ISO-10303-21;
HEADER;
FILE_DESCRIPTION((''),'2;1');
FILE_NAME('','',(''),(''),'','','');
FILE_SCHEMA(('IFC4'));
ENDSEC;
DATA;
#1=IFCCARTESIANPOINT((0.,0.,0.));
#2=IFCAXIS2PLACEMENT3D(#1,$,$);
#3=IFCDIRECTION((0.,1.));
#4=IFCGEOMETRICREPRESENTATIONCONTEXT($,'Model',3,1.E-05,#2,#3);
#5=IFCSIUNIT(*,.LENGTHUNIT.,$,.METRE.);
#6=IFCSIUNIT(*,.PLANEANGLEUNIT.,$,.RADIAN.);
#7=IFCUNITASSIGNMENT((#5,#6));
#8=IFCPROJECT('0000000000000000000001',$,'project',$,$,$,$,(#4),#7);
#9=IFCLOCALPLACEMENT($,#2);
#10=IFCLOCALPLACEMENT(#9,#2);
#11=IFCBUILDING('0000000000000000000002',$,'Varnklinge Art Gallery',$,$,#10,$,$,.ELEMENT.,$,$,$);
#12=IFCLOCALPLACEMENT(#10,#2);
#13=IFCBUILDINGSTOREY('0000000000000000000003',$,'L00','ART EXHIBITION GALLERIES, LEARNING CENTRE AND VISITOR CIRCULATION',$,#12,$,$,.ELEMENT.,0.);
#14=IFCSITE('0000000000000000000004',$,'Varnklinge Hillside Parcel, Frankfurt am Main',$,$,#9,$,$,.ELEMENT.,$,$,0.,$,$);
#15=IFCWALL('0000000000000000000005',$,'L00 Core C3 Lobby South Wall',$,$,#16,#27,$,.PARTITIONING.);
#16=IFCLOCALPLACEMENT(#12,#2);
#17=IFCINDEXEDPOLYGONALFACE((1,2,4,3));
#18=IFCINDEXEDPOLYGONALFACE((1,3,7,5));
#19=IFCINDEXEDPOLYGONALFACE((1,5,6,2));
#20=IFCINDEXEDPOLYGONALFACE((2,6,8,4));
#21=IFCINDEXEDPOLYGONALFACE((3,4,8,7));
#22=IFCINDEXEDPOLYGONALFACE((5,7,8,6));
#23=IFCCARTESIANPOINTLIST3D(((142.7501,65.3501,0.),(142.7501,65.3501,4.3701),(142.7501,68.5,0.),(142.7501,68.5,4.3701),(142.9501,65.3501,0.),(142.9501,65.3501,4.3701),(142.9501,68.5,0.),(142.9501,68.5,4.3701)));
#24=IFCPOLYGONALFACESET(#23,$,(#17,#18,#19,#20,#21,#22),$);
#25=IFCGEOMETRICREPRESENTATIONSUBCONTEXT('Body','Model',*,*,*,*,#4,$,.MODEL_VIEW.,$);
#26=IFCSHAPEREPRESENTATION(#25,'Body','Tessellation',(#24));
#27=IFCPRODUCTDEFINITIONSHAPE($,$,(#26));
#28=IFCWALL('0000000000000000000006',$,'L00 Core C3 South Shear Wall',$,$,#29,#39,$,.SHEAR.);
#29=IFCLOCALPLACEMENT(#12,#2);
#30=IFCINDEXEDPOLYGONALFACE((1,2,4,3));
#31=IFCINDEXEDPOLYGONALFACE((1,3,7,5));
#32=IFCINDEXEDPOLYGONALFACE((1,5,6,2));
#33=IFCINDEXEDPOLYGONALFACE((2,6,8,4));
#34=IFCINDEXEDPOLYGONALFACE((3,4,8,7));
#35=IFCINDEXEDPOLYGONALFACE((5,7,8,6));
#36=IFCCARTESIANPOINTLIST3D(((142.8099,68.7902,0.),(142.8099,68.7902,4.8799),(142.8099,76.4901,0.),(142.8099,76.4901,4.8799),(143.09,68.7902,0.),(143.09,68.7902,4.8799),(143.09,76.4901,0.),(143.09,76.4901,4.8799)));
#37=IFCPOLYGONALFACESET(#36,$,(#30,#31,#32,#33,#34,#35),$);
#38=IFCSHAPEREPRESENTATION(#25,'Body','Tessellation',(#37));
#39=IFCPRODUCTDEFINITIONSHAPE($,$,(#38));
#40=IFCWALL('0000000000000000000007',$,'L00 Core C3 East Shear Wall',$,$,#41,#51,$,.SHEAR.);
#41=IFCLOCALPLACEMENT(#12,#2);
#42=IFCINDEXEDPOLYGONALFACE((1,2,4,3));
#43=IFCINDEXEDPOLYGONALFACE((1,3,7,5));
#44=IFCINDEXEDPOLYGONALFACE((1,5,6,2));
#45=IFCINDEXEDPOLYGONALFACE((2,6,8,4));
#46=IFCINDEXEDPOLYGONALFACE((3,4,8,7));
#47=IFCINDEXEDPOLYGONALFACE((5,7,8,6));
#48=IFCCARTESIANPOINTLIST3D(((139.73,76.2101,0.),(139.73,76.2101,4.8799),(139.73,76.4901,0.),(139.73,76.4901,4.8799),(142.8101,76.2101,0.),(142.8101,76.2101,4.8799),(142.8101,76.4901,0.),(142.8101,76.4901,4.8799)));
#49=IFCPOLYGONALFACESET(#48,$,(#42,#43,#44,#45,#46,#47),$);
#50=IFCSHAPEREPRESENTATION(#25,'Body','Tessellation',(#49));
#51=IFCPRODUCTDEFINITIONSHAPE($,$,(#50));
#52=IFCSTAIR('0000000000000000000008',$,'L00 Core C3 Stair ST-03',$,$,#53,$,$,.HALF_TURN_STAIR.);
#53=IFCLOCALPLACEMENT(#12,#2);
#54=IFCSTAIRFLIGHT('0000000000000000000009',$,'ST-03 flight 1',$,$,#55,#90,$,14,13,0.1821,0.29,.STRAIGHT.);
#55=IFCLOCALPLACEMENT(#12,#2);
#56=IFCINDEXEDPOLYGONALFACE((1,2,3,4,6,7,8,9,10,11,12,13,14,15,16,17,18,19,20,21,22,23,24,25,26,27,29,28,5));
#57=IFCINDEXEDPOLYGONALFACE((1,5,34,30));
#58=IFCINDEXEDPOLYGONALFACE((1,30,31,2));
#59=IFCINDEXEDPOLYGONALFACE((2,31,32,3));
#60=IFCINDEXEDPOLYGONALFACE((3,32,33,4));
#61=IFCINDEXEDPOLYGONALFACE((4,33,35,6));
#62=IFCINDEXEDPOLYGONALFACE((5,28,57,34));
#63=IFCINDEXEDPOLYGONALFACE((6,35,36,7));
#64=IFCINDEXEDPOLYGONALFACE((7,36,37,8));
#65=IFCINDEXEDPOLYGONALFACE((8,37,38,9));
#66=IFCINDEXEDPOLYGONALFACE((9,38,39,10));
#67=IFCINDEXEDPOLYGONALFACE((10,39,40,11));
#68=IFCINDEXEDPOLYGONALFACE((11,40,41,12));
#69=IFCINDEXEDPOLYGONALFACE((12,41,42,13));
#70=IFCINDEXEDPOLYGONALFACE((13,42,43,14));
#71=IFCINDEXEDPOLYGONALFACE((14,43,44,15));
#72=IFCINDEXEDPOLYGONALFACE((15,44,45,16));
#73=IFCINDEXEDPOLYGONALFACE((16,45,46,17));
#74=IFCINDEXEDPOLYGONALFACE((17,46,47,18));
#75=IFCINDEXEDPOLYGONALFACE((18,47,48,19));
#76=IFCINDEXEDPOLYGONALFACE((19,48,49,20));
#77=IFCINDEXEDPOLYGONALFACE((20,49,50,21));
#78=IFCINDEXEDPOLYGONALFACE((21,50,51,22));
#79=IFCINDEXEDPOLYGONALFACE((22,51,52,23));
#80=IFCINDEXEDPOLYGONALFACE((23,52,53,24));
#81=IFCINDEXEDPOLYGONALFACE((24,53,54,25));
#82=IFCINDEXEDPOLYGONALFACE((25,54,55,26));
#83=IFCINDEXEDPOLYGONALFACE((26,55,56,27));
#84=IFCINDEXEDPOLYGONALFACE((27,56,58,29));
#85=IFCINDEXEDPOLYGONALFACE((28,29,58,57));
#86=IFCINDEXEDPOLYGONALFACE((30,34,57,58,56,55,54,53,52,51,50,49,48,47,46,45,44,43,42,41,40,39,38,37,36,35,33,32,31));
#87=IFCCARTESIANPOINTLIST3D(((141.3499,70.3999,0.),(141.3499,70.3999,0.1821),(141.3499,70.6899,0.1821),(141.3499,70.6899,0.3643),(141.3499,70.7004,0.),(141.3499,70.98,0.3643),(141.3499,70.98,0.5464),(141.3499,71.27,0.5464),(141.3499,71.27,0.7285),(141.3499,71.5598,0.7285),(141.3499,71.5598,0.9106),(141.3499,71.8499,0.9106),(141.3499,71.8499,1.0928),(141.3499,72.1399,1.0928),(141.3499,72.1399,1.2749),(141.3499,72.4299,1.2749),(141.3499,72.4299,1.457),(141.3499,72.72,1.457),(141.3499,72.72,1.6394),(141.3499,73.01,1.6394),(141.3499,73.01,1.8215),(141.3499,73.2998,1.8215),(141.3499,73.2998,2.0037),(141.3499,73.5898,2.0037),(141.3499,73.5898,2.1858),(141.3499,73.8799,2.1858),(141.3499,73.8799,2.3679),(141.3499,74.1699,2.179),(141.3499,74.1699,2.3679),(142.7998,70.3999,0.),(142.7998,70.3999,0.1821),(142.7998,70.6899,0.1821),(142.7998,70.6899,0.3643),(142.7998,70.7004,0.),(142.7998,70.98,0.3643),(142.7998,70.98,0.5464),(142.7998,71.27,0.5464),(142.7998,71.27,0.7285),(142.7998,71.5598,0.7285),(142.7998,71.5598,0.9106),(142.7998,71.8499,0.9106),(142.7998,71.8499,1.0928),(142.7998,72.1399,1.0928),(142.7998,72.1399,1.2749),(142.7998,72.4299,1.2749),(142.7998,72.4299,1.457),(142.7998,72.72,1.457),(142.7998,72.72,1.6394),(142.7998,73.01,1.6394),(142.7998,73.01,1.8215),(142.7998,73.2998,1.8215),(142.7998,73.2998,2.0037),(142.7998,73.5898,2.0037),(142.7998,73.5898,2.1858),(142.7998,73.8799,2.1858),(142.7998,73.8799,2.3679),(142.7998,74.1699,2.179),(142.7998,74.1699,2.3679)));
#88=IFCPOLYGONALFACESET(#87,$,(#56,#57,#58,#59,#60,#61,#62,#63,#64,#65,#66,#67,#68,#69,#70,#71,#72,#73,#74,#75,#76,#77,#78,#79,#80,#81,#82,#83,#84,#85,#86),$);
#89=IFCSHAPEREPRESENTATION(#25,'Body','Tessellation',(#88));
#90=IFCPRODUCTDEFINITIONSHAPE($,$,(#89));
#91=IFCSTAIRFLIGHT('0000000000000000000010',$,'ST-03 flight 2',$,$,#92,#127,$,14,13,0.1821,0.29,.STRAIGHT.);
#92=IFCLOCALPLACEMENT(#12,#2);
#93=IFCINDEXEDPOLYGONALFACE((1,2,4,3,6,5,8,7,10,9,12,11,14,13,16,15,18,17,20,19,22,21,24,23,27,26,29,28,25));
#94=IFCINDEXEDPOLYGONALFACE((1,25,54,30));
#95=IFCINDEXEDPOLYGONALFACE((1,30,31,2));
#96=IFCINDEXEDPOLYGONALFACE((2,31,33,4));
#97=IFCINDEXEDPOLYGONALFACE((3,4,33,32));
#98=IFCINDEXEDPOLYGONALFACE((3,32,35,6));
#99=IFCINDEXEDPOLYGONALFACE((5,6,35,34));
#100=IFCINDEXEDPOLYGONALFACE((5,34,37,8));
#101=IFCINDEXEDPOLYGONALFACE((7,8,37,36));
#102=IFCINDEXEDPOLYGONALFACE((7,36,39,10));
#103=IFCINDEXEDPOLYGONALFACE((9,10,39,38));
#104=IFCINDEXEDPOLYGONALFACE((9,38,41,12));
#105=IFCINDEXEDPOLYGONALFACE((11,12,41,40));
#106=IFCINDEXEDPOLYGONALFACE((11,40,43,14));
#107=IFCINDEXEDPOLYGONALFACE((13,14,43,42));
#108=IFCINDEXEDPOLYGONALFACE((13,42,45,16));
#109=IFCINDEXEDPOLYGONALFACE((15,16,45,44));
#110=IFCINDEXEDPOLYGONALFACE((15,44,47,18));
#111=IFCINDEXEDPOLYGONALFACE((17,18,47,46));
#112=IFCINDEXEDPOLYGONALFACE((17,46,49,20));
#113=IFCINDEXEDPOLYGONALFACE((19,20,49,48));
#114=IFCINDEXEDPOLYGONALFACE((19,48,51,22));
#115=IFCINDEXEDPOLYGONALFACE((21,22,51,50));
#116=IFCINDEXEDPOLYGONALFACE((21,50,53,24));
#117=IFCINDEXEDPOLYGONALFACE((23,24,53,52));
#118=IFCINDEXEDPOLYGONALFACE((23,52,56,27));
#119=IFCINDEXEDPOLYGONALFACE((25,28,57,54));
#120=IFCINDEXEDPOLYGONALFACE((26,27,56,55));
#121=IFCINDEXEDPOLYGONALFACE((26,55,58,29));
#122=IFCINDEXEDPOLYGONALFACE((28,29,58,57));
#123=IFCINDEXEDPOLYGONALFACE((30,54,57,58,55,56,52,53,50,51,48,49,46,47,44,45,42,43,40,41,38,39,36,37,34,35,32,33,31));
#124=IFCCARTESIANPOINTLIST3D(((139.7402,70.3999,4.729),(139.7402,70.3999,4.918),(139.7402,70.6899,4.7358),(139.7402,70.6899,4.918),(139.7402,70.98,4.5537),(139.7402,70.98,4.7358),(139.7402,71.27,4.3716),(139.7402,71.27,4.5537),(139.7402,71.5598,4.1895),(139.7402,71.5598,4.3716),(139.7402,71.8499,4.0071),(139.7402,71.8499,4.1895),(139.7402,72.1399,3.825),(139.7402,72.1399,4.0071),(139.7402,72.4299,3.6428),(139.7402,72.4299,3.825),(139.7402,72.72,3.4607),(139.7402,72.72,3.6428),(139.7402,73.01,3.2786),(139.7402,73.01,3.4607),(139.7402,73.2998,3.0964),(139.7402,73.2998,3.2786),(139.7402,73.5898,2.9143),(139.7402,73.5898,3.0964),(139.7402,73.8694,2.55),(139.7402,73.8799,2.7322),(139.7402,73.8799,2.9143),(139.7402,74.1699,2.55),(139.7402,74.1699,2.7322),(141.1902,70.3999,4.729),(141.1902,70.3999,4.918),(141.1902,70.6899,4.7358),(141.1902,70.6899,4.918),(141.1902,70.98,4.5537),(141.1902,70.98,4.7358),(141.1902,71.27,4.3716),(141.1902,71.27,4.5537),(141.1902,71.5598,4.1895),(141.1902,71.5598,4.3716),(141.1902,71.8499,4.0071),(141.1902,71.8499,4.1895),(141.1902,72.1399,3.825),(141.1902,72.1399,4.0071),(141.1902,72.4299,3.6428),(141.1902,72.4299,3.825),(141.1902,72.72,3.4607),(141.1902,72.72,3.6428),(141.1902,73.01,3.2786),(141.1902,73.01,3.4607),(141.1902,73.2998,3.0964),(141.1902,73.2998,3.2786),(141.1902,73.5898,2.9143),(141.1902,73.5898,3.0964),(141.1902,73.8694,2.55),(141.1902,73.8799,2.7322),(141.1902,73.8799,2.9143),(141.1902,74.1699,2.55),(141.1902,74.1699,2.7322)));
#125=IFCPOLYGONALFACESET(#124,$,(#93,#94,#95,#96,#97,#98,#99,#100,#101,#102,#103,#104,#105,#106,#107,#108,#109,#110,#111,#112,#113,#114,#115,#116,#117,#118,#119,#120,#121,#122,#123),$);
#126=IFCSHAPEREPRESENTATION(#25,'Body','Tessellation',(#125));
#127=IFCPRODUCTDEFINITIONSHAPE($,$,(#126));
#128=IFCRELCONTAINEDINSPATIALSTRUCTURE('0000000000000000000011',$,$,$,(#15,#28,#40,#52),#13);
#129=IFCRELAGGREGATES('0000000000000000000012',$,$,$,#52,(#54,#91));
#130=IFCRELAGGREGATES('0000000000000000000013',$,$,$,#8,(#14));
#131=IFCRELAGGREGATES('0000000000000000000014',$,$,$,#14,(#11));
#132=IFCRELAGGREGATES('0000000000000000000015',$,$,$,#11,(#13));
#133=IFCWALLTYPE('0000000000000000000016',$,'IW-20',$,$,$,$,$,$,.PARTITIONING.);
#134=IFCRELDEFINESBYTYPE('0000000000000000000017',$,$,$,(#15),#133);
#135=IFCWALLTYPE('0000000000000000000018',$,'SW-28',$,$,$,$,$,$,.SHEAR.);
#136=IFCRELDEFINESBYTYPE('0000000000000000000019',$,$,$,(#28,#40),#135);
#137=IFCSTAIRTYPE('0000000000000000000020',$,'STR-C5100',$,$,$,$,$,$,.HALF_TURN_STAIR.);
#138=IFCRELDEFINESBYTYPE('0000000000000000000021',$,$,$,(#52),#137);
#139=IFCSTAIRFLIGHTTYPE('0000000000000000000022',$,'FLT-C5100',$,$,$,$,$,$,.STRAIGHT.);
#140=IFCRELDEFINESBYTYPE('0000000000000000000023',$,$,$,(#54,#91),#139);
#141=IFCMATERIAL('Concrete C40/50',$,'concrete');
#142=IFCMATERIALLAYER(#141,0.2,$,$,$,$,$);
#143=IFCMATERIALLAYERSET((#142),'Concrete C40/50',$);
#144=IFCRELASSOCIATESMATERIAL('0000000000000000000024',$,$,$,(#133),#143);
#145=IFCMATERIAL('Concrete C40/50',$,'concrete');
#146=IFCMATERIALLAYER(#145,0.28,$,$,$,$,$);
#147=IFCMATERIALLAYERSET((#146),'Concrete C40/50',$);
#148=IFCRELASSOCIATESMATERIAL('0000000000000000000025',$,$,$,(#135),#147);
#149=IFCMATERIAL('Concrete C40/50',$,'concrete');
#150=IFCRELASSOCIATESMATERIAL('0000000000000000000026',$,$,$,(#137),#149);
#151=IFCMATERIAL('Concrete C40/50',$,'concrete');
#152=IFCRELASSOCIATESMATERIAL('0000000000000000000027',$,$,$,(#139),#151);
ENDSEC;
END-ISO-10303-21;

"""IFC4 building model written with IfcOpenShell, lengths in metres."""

from ifc_helpers import new_model, si_unit, direction, frame, frame_2d, origin, place, context, subcontext, project, spatial, polyline, rectangle, outline, extrude, material, layer, layer_set, type_object, element, aggregate, save


model = new_model("IFC4")

# Units and contexts
model_context = context("Model", 3, precision=1e-05, world=origin(), true_north=direction((0.0, 1.0)))
body_context = subcontext(model_context, "Body", "Model", "MODEL_VIEW")
ifc_project = project(units=[si_unit("LENGTHUNIT", "METRE"), si_unit("PLANEANGLEUNIT", "RADIAN")], contexts=[model_context])

# Site, building, storey
site_placement = place(None, origin())
site = spatial("IfcSite", under=ifc_project, at=site_placement, Name="Varnklinge Hillside Parcel, Frankfurt am Main", CompositionType="ELEMENT", RefElevation=0.0)
building_placement = place(site_placement, origin())
building = spatial("IfcBuilding", under=site, at=building_placement, Name="Varnklinge Art Gallery", CompositionType="ELEMENT")
storey_placement = place(building_placement, origin())
storey = spatial("IfcBuildingStorey", under=building, at=storey_placement, Name="L00", Description="ART EXHIBITION GALLERIES, LEARNING CENTRE AND VISITOR CIRCULATION", CompositionType="ELEMENT", Elevation=0.0)

# Wall
ifc_material_1 = material(Name="Concrete C40/50", Category="concrete")
ifc_layer_1 = layer(ifc_material_1, 0.2)
ifc_layer_set_1 = layer_set([ifc_layer_1], Name="Concrete C40/50")
wall_type_1 = type_object("IfcWallType", Name="IW-20", PredefinedType="PARTITIONING", material=ifc_layer_set_1)
wall_1_placement = place(storey_placement, frame((142.8501, 65.3501, 0.0), z_axis=(0.0, 0.0, 1.0), x_axis=(0.0, 1.0, 0.0)))
element("IfcWall", 1, at=wall_1_placement, inside=storey, type_object=wall_type_1, Name="L00 Core C3 Lobby South Wall", PredefinedType="PARTITIONING", context=body_context, shape_type="SweptSolid", body=[
    extrude(rectangle(XDim=3.1499, YDim=0.2, at=frame_2d((1.575, 0.0))), origin(), (0.0, 0.0, 1.0), 4.3701),
])

# Walls
ifc_material_2 = material(Name="Concrete C40/50", Category="concrete")
ifc_layer_2 = layer(ifc_material_2, 0.28)
ifc_layer_set_2 = layer_set([ifc_layer_2], Name="Concrete C40/50")
wall_type_2 = type_object("IfcWallType", Name="SW-28", PredefinedType="SHEAR", material=ifc_layer_set_2)
wall_2_placement = place(storey_placement, frame((142.95, 68.79, 0.0), z_axis=(0.0, 0.0, 1.0), x_axis=(0.0, 1.0, 0.0)))
element("IfcWall", 2, at=wall_2_placement, inside=storey, type_object=wall_type_2, Name="L00 Core C3 South Shear Wall", PredefinedType="SHEAR", context=body_context, shape_type="SweptSolid", body=[
    extrude(rectangle(XDim=7.7, YDim=0.28, at=frame_2d((3.8501, 0.0))), origin(), (0.0, 0.0, 1.0), 4.8799),
])
wall_3_placement = place(storey_placement, frame((142.8101, 76.3501, 0.0), z_axis=(0.0, 0.0, 1.0), x_axis=(-1.0, 0.0, 0.0)))
element("IfcWall", 3, at=wall_3_placement, inside=storey, type_object=wall_type_2, Name="L00 Core C3 East Shear Wall", PredefinedType="SHEAR", context=body_context, shape_type="SweptSolid", body=[
    extrude(rectangle(XDim=3.0801, YDim=0.28, at=frame_2d((1.54, 0.0))), origin(), (0.0, 0.0, 1.0), 4.8799),
])

# Stair, stair flights
ifc_material_3 = material(Name="Concrete C40/50", Category="concrete")
stair_type = type_object("IfcStairType", Name="STR-C5100", PredefinedType="HALF_TURN_STAIR", material=ifc_material_3)
stair_placement = place(storey_placement, origin())
stair = element("IfcStair", 4, at=stair_placement, inside=storey, type_object=stair_type, Name="L00 Core C3 Stair ST-03", PredefinedType="HALF_TURN_STAIR")
ifc_material_4 = material(Name="Concrete C40/50", Category="concrete")
stair_flight_type = type_object("IfcStairFlightType", Name="FLT-C5100", PredefinedType="STRAIGHT", material=ifc_material_4)
stair_flight_1_placement = place(storey_placement, frame((142.075, 70.3999, 0.0), z_axis=(0.0, 0.0, 1.0), x_axis=(0.0, 1.0, 0.0)))
stair_flight_1 = element("IfcStairFlight", 5, at=stair_flight_1_placement, type_object=stair_flight_type, Name="ST-03 flight 1", NumberOfRisers=14, NumberOfTreads=13, PredefinedType="STRAIGHT", RiserHeight=0.1821, TreadLength=0.29, context=body_context, shape_type="SweptSolid", body=[
    extrude(outline(polyline([(0.0, 0.0), (0.0, 0.1821), (0.29, 0.1821), (0.29, 0.3643), (0.5801, 0.3643), (0.5801, 0.5464), (0.8701, 0.5464), (0.8701, 0.7285), (1.1599, 0.7285), (1.1599, 0.9106), (1.45, 0.9106), (1.45, 1.0928), (1.74, 1.0928), (1.74, 1.2749), (2.03, 1.2749), (2.03, 1.457), (2.3201, 1.457), (2.3201, 1.6394), (2.6101, 1.6394), (2.6101, 1.8215), (2.8999, 1.8215), (2.8999, 2.0037), (3.1899, 2.0037), (3.1899, 2.1858), (3.48, 2.1858), (3.48, 2.3679), (3.77, 2.3679), (3.77, 2.55), (3.77, 2.179), (0.3005, 0.0), (0.0, 0.0)])), frame((0.0, 0.7251, 0.0), z_axis=(0.0, -1.0, 0.0), x_axis=(1.0, 0.0, 0.0)), (0.0, 0.0, 1.0), 1.45),
])
stair_flight_2_placement = place(storey_placement, frame((140.4651, 74.1699, 2.55), z_axis=(0.0, 0.0, 1.0), x_axis=(0.0, -1.0, 0.0)))
stair_flight_2 = element("IfcStairFlight", 6, at=stair_flight_2_placement, type_object=stair_flight_type, Name="ST-03 flight 2", NumberOfRisers=14, NumberOfTreads=13, PredefinedType="STRAIGHT", RiserHeight=0.1821, TreadLength=0.29, context=body_context, shape_type="SweptSolid", body=[
    extrude(outline(polyline([(0.0, 0.0), (0.0, 0.1821), (0.29, 0.1821), (0.29, 0.3643), (0.5801, 0.3643), (0.5801, 0.5464), (0.8701, 0.5464), (0.8701, 0.7285), (1.1599, 0.7285), (1.1599, 0.9106), (1.45, 0.9106), (1.45, 1.0928), (1.74, 1.0928), (1.74, 1.2749), (2.03, 1.2749), (2.03, 1.457), (2.3201, 1.457), (2.3201, 1.6394), (2.6101, 1.6394), (2.6101, 1.8215), (2.8999, 1.8215), (2.8999, 2.0037), (3.1899, 2.0037), (3.1899, 2.1858), (3.48, 2.1858), (3.48, 2.3679), (3.77, 2.3679), (3.77, 2.55), (3.77, 2.179), (0.3005, 0.0), (0.0, 0.0)])), frame((0.0, 0.7251, 0.0), z_axis=(0.0, -1.0, 0.0), x_axis=(1.0, 0.0, 0.0)), (0.0, 0.0, 1.0), 1.45),
])
aggregate(stair, [stair_flight_1, stair_flight_2])

save(model, "model.ifc")
